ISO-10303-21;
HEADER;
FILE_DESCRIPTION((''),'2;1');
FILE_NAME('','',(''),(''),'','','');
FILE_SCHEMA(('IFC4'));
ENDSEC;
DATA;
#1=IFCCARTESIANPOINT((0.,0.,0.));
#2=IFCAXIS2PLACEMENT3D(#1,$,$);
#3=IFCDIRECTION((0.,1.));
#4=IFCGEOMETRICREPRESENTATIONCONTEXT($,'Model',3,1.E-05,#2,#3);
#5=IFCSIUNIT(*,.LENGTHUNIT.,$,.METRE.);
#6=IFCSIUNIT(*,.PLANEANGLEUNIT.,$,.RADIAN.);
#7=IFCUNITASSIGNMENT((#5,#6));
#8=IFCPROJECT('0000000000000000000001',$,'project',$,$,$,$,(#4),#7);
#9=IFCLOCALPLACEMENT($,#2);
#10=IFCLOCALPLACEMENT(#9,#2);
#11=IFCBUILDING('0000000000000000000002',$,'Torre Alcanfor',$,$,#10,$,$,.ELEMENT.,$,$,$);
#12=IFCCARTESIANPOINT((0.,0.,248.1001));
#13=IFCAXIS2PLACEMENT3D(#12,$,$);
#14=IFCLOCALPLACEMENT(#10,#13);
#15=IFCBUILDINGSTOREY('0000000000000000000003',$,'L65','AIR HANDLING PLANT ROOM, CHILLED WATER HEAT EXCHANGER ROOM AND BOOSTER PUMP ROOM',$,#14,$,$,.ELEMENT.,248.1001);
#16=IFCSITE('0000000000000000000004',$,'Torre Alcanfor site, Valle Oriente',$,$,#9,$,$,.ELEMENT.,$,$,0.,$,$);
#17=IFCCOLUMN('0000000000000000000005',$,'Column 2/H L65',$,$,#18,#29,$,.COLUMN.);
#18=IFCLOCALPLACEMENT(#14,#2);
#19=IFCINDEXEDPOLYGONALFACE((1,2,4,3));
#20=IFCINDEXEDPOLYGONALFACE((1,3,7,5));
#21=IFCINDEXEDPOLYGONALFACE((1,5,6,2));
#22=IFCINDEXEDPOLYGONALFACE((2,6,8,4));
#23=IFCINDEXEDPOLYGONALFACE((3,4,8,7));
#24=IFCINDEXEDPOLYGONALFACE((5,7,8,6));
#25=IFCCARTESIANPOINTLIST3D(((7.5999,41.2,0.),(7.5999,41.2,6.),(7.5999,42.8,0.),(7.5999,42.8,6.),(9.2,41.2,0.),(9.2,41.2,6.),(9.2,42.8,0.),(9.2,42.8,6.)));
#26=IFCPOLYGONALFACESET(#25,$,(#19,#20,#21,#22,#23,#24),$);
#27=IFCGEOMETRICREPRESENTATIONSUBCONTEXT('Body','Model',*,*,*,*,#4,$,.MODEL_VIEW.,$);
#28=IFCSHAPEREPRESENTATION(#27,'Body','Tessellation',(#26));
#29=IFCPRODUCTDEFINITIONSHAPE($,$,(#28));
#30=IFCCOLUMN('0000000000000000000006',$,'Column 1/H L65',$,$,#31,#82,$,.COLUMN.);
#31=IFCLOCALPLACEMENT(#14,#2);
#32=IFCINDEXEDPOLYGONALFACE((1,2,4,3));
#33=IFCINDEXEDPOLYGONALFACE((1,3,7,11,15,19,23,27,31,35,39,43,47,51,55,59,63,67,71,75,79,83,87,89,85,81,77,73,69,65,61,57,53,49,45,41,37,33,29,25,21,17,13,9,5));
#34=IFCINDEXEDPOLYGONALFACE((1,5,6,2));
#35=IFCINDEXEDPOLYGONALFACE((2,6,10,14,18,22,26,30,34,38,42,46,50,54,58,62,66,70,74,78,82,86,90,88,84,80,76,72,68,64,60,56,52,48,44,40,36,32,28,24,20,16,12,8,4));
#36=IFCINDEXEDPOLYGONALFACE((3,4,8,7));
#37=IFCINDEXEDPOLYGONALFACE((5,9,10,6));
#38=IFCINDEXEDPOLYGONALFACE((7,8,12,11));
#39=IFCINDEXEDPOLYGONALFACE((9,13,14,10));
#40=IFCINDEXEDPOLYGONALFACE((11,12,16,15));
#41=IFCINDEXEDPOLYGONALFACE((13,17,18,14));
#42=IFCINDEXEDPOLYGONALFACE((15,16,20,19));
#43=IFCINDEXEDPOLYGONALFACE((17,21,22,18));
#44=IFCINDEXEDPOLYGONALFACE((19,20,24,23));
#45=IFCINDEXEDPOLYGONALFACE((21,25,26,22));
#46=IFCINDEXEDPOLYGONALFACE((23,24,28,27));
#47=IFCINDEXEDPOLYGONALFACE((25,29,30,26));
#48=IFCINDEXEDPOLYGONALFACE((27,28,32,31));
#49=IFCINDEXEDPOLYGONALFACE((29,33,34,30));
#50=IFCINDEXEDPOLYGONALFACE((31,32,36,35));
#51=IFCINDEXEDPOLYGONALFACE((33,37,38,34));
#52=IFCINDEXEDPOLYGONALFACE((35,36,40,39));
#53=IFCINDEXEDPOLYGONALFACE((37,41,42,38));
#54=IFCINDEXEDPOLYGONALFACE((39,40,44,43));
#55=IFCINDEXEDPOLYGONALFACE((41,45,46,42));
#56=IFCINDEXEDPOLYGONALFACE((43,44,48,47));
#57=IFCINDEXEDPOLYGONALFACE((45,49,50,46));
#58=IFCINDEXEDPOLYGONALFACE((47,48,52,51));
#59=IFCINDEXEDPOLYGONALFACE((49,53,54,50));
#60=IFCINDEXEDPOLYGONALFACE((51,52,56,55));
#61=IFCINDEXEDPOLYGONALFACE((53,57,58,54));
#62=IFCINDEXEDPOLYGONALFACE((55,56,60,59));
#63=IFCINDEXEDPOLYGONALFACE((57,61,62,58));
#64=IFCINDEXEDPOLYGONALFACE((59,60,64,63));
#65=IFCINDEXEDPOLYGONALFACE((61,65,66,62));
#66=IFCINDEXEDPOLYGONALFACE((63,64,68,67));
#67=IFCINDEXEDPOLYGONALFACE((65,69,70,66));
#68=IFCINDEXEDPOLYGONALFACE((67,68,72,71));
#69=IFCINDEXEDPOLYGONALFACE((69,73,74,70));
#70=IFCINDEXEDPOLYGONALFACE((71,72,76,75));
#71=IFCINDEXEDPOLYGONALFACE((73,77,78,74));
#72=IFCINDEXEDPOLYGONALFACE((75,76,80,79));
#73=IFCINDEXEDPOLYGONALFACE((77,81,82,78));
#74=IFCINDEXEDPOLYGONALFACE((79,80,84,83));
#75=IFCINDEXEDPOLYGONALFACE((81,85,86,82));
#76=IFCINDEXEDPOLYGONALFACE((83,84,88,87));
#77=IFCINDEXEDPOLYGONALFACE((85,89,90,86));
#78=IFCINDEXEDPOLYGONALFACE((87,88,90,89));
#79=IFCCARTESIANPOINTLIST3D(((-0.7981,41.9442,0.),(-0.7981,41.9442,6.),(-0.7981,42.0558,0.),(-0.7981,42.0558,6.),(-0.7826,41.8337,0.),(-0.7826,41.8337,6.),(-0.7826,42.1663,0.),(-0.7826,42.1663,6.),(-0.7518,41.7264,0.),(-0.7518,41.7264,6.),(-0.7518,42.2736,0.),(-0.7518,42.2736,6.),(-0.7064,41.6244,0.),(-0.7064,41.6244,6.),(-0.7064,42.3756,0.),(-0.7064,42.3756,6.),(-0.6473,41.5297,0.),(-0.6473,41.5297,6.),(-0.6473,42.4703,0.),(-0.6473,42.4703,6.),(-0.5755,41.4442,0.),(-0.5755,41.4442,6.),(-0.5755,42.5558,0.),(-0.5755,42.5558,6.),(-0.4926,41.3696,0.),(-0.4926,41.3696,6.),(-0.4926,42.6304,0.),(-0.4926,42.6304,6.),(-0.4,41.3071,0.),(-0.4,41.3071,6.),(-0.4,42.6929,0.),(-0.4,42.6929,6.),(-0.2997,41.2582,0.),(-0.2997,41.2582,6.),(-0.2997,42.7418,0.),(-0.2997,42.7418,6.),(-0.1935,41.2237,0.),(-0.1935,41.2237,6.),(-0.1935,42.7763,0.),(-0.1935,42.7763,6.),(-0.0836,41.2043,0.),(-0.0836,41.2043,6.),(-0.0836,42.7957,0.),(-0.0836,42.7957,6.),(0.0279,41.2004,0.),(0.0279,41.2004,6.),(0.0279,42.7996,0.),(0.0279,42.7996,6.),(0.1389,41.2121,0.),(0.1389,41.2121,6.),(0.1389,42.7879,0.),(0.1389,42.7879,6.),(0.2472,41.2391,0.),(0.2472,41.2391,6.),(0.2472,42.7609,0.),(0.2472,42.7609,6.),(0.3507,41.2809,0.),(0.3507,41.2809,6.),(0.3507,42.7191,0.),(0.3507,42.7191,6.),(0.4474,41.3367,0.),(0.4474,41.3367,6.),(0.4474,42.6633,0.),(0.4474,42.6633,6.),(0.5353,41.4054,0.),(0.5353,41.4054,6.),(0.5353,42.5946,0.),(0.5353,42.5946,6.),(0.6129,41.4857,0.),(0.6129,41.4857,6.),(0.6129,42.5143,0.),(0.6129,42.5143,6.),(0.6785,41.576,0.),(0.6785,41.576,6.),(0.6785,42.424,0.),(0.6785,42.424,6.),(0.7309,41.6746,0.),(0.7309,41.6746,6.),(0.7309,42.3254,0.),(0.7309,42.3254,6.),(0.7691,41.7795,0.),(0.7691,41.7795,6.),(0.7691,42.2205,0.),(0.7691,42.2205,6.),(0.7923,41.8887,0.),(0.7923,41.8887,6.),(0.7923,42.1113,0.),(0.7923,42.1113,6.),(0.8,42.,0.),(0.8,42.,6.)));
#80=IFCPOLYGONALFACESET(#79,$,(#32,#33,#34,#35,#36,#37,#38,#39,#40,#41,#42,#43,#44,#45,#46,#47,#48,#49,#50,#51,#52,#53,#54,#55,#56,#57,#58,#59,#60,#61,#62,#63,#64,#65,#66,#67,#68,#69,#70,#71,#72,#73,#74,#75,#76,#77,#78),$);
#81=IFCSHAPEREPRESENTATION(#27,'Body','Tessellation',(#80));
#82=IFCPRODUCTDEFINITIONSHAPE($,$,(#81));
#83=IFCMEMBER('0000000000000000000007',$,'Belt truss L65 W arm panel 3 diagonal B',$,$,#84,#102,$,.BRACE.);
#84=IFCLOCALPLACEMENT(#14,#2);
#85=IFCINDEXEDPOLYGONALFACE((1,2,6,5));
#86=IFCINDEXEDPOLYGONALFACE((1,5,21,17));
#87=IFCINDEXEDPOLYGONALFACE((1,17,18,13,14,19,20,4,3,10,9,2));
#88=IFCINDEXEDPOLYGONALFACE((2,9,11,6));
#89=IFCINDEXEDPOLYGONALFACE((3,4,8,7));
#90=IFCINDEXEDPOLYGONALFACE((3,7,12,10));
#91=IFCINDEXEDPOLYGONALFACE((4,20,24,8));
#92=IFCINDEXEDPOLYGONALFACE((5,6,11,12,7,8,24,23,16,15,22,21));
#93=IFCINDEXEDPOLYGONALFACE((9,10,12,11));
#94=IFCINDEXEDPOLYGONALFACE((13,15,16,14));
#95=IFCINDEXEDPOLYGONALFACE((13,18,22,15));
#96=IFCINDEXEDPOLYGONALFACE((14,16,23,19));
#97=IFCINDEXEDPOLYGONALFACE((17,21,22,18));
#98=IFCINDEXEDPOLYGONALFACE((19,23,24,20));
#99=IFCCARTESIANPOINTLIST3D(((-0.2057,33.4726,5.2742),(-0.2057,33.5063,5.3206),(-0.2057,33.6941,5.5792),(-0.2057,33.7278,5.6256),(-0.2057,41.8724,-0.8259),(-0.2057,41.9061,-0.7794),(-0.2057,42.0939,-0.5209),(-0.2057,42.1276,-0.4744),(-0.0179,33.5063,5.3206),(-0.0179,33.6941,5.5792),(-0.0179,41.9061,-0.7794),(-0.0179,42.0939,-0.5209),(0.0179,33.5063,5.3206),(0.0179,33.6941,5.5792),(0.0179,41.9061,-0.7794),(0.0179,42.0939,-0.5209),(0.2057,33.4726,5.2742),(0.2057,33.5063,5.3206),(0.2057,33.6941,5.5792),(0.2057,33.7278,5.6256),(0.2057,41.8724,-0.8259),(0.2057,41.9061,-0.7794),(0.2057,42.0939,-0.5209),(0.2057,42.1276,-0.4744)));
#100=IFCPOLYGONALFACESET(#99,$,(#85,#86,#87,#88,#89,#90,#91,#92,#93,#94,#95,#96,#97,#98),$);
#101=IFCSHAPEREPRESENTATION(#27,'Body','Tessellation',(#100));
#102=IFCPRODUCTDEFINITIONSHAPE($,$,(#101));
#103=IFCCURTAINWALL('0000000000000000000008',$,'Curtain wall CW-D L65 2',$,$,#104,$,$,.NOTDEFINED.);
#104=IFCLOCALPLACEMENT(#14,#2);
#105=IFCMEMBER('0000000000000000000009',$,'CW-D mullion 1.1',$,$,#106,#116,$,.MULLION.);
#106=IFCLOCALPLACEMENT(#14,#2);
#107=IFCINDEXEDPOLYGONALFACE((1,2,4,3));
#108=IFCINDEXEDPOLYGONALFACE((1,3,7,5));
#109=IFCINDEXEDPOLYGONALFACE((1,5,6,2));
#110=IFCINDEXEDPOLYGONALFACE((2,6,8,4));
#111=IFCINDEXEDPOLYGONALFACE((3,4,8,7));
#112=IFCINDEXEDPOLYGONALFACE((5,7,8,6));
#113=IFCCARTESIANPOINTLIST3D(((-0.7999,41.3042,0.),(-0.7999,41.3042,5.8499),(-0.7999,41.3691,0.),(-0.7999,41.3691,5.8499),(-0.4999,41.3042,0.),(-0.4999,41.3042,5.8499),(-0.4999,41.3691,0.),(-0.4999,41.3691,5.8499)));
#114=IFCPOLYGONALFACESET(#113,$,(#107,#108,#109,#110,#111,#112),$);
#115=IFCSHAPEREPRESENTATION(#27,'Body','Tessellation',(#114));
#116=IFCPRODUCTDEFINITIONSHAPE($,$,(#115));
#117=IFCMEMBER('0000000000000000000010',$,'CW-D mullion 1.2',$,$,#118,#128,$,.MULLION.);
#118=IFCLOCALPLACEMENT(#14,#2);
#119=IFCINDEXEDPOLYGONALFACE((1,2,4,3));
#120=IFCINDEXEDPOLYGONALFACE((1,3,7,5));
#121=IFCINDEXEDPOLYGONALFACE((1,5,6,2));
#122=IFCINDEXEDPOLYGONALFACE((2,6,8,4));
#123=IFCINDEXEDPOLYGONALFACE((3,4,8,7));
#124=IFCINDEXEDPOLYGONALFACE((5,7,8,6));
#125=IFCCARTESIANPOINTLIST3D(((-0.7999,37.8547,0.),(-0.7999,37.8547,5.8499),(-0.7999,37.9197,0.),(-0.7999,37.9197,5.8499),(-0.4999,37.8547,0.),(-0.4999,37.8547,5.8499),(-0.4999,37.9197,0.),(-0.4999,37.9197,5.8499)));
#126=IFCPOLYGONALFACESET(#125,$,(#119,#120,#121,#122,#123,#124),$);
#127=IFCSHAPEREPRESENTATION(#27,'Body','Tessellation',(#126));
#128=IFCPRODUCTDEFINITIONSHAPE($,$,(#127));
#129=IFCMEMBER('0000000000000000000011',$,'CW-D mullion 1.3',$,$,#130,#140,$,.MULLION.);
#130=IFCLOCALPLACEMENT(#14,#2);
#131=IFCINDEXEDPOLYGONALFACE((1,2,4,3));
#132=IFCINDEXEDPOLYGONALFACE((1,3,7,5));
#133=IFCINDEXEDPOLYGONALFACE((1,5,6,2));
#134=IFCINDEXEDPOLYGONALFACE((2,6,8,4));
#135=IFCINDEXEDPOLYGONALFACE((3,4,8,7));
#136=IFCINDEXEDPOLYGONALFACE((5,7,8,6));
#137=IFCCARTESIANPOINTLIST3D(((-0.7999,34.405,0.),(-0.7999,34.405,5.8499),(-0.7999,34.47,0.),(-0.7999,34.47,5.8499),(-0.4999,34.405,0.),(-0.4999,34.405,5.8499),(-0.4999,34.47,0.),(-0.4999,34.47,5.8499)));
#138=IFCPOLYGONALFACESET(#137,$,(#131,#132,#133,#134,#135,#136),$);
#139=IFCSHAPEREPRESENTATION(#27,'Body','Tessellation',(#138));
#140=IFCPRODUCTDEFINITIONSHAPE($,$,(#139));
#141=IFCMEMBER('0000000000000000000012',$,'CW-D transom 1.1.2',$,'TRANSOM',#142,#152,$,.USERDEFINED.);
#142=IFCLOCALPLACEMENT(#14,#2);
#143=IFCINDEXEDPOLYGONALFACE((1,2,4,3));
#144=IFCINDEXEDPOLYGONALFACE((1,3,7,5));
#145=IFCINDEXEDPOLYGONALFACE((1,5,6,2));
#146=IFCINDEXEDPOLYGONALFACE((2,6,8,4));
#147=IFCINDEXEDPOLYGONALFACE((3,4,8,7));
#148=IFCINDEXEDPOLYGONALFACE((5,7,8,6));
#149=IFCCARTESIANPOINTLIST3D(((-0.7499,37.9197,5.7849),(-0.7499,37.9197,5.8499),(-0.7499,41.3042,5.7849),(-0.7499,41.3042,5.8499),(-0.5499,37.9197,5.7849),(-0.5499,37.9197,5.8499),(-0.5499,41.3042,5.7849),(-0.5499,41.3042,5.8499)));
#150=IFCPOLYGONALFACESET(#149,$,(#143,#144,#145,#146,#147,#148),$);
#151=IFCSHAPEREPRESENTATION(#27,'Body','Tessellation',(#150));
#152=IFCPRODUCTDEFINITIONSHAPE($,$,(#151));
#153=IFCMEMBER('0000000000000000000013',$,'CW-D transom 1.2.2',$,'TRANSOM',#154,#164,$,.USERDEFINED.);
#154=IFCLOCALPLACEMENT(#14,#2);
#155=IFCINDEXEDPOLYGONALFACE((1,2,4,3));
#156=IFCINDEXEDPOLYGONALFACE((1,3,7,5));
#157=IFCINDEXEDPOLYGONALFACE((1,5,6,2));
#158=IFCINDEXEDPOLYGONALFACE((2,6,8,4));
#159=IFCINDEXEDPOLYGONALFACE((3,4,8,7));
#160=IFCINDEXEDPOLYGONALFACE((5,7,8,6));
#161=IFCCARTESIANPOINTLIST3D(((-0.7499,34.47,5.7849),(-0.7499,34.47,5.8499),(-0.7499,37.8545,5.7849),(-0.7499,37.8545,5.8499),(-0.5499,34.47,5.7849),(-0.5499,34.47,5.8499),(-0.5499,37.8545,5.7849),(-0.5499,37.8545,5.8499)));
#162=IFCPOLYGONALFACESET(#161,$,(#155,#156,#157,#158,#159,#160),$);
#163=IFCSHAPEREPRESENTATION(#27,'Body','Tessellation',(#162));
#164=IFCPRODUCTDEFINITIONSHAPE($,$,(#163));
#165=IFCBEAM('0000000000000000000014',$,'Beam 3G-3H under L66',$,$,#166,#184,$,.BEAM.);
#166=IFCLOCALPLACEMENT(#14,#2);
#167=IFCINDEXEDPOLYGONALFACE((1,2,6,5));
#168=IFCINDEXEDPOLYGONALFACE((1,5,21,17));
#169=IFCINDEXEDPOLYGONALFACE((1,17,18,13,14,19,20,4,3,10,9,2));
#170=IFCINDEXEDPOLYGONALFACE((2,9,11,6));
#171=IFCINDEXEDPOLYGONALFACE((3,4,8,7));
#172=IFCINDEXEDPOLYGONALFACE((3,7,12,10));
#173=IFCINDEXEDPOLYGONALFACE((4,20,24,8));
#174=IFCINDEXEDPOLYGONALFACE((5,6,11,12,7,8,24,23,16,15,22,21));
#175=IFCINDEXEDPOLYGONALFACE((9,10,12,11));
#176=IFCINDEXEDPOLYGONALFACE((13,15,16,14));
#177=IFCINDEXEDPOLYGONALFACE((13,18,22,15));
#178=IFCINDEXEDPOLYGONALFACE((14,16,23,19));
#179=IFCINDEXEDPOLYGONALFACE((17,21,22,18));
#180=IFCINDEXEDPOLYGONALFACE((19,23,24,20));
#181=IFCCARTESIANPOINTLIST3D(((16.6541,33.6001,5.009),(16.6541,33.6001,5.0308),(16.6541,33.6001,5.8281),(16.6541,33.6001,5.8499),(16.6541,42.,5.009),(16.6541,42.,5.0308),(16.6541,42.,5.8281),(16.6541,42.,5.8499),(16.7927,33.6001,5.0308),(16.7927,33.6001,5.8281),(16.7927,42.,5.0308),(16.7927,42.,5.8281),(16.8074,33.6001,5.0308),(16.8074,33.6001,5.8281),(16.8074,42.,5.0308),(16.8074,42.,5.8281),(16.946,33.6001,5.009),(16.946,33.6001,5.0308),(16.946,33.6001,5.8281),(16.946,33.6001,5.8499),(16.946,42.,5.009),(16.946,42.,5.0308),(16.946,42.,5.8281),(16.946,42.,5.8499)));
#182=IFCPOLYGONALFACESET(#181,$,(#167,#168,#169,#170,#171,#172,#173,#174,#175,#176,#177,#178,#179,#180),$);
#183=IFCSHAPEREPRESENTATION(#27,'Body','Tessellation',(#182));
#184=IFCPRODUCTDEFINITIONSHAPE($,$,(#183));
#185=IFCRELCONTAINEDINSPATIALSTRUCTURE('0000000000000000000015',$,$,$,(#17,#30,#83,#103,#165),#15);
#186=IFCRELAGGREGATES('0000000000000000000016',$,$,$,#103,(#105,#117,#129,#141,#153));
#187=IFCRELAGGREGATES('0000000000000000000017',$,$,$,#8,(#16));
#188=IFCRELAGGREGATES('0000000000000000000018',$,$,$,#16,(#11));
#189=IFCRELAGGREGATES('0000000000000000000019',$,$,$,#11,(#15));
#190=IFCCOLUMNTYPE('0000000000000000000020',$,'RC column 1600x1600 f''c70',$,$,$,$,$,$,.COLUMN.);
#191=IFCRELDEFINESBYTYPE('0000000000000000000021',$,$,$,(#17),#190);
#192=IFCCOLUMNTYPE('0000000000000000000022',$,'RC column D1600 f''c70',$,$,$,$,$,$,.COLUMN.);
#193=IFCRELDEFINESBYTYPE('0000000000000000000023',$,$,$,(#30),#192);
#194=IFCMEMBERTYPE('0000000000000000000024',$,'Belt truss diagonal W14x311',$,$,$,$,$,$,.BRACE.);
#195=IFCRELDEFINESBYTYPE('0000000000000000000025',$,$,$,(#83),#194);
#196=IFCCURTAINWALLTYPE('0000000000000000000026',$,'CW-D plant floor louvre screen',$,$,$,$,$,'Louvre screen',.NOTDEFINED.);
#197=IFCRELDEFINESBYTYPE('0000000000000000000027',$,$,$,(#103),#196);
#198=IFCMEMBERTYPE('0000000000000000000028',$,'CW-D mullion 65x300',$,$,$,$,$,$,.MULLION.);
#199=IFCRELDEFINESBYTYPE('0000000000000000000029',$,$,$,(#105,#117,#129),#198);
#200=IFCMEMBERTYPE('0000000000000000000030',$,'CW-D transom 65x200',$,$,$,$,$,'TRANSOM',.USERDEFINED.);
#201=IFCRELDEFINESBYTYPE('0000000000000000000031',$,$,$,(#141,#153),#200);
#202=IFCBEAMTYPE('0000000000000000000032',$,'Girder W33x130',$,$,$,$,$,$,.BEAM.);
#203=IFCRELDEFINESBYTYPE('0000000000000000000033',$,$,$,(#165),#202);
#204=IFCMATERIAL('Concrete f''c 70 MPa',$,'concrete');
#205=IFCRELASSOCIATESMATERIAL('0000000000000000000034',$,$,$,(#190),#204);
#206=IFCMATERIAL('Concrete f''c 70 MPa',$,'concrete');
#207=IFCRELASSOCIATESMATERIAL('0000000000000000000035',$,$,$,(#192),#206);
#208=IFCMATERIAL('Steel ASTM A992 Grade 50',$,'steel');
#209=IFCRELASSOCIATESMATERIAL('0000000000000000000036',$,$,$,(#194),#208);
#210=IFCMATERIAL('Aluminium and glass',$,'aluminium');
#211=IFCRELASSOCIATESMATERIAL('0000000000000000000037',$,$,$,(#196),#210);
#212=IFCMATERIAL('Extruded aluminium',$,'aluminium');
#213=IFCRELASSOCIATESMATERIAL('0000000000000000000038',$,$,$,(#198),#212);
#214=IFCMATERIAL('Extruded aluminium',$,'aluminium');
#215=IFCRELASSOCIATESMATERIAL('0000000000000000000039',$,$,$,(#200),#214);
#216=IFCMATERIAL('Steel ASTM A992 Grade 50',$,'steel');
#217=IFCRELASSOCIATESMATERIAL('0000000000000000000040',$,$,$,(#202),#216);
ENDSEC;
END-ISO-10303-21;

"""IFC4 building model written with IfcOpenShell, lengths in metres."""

from ifc_helpers import new_model, si_unit, direction, frame, origin, origin_2d, place, context, subcontext, project, spatial, rectangle, circle, i_section, extrude, material, material_profile, profile_set, type_object, element, aggregate, save


model = new_model("IFC4")

# Units and contexts
model_context = context("Model", 3, precision=1e-05, world=origin(), true_north=direction((0.0, 1.0)))
body_context = subcontext(model_context, "Body", "Model", "MODEL_VIEW")
ifc_project = project(units=[si_unit("LENGTHUNIT", "METRE"), si_unit("PLANEANGLEUNIT", "RADIAN")], contexts=[model_context])

# Site, building, storey
site_placement = place(None, origin())
site = spatial("IfcSite", under=ifc_project, at=site_placement, Name="Torre Alcanfor site, Valle Oriente", CompositionType="ELEMENT", RefElevation=0.0)
building_placement = place(site_placement, origin())
building = spatial("IfcBuilding", under=site, at=building_placement, Name="Torre Alcanfor", CompositionType="ELEMENT")
storey_placement = place(building_placement, frame((0.0, 0.0, 248.1001)))
storey = spatial("IfcBuildingStorey", under=building, at=storey_placement, Name="L65", Description="AIR HANDLING PLANT ROOM, CHILLED WATER HEAT EXCHANGER ROOM AND BOOSTER PUMP ROOM", CompositionType="ELEMENT", Elevation=248.1001)

# Columns
ifc_material_1 = material(Name="Concrete f'c 70 MPa", Category="concrete")
ifc_material_profile_1 = material_profile(ifc_material_1, rectangle(XDim=1.6001, YDim=1.6001, at=origin_2d()), Name="1600x1600")
ifc_profile_set_1 = profile_set([ifc_material_profile_1], Name="Concrete f'c 70 MPa")
column_type_1 = type_object("IfcColumnType", Name="RC column 1600x1600 f'c70", PredefinedType="COLUMN", material=ifc_profile_set_1)
column_1_placement = place(storey_placement, frame((8.3999, 42.0, 0.0), z_axis=(0.0, 0.0, 1.0), x_axis=(1.0, 0.0, 0.0)))
element("IfcColumn", 1, at=column_1_placement, inside=storey, type_object=column_type_1, Name="Column 2/H L65", PredefinedType="COLUMN", context=body_context, shape_type="SweptSolid", body=[
    extrude(rectangle(XDim=1.6001, YDim=1.6001, at=origin_2d()), origin(), (0.0, 0.0, 1.0), 6.0),
])
ifc_material_2 = material(Name="Concrete f'c 70 MPa", Category="concrete")
ifc_material_profile_2 = material_profile(ifc_material_2, circle(Radius=0.8, at=origin_2d()), Name="D1600")
ifc_profile_set_2 = profile_set([ifc_material_profile_2], Name="Concrete f'c 70 MPa")
column_type_2 = type_object("IfcColumnType", Name="RC column D1600 f'c70", PredefinedType="COLUMN", material=ifc_profile_set_2)
column_2_placement = place(storey_placement, frame((0.0, 42.0, 0.0), z_axis=(0.0, 0.0, 1.0), x_axis=(1.0, 0.0, 0.0)))
element("IfcColumn", 2, at=column_2_placement, inside=storey, type_object=column_type_2, Name="Column 1/H L65", PredefinedType="COLUMN", context=body_context, shape_type="SweptSolid", body=[
    extrude(circle(Radius=0.8, at=origin_2d()), origin(), (0.0, 0.0, 1.0), 6.0),
])

# Member
ifc_material_3 = material(Name="Steel ASTM A992 Grade 50", Category="steel")
ifc_material_profile_3 = material_profile(ifc_material_3, i_section(OverallWidth=0.4114, OverallDepth=0.4343, WebThickness=0.0359, FlangeThickness=0.0574, at=origin_2d()), Name="W14x311")
ifc_profile_set_3 = profile_set([ifc_material_profile_3], Name="Steel ASTM A992 Grade 50")
member_type_1 = type_object("IfcMemberType", Name="Belt truss diagonal W14x311", PredefinedType="BRACE", material=ifc_profile_set_3)
member_1_placement = place(storey_placement, frame((0.0, 42.0, -0.6501), z_axis=(0.0, -0.809145, 0.587609), x_axis=(1.0, 0.0, 0.0)))
element("IfcMember", 3, at=member_1_placement, inside=storey, type_object=member_type_1, Name="Belt truss L65 W arm panel 3 diagonal B", PredefinedType="BRACE", context=body_context, shape_type="SweptSolid", body=[
    extrude(i_section(OverallWidth=0.4114, OverallDepth=0.4343, WebThickness=0.0359, FlangeThickness=0.0574, at=origin_2d()), origin(), (0.0, 0.0, 1.0), 10.3811),
])

# Curtain wall, members
ifc_material_4 = material(Name="Aluminium and glass", Category="aluminium")
curtain_wall_type = type_object("IfcCurtainWallType", Name="CW-D plant floor louvre screen", ElementType="Louvre screen", PredefinedType="NOTDEFINED", material=ifc_material_4)
curtain_wall_placement = place(storey_placement, origin())
curtain_wall = element("IfcCurtainWall", 4, at=curtain_wall_placement, inside=storey, type_object=curtain_wall_type, Name="Curtain wall CW-D L65 2", PredefinedType="NOTDEFINED")
ifc_material_5 = material(Name="Extruded aluminium", Category="aluminium")
ifc_material_profile_4 = material_profile(ifc_material_5, rectangle(XDim=0.3, YDim=0.0649, at=origin_2d()), Name="CW-D mullion 65x300")
ifc_profile_set_4 = profile_set([ifc_material_profile_4], Name="Extruded aluminium")
member_type_2 = type_object("IfcMemberType", Name="CW-D mullion 65x300", PredefinedType="MULLION", material=ifc_profile_set_4)
member_2_placement = place(storey_placement, frame((-0.6499, 41.3367, 0.0), z_axis=(0.0, 0.0, 1.0), x_axis=(1.0, 0.0, 0.0)))
member_2 = element("IfcMember", 5, at=member_2_placement, type_object=member_type_2, Name="CW-D mullion 1.1", PredefinedType="MULLION", context=body_context, shape_type="SweptSolid", body=[
    extrude(rectangle(XDim=0.3, YDim=0.0649, at=origin_2d()), origin(), (0.0, 0.0, 1.0), 5.8499),
])
member_3_placement = place(storey_placement, frame((-0.6499, 37.8872, 0.0), z_axis=(0.0, 0.0, 1.0), x_axis=(1.0, 0.0, 0.0)))
member_3 = element("IfcMember", 6, at=member_3_placement, type_object=member_type_2, Name="CW-D mullion 1.2", PredefinedType="MULLION", context=body_context, shape_type="SweptSolid", body=[
    extrude(rectangle(XDim=0.3, YDim=0.0649, at=origin_2d()), origin(), (0.0, 0.0, 1.0), 5.8499),
])
member_4_placement = place(storey_placement, frame((-0.6499, 34.4375, 0.0), z_axis=(0.0, 0.0, 1.0), x_axis=(1.0, 0.0, 0.0)))
member_4 = element("IfcMember", 7, at=member_4_placement, type_object=member_type_2, Name="CW-D mullion 1.3", PredefinedType="MULLION", context=body_context, shape_type="SweptSolid", body=[
    extrude(rectangle(XDim=0.3, YDim=0.0649, at=origin_2d()), origin(), (0.0, 0.0, 1.0), 5.8499),
])
ifc_material_6 = material(Name="Extruded aluminium", Category="aluminium")
ifc_material_profile_5 = material_profile(ifc_material_6, rectangle(XDim=0.2, YDim=0.0649, at=origin_2d()), Name="CW-D transom 200x65")
ifc_profile_set_5 = profile_set([ifc_material_profile_5], Name="Extruded aluminium")
member_type_3 = type_object("IfcMemberType", Name="CW-D transom 65x200", ElementType="TRANSOM", PredefinedType="USERDEFINED", material=ifc_profile_set_5)
member_5_placement = place(storey_placement, frame((-0.6499, 41.3042, 5.8174), z_axis=(0.0, -1.0, 0.0), x_axis=(1.0, 0.0, 0.0)))
member_5 = element("IfcMember", 8, at=member_5_placement, type_object=member_type_3, Name="CW-D transom 1.1.2", ObjectType="TRANSOM", PredefinedType="USERDEFINED", context=body_context, shape_type="SweptSolid", body=[
    extrude(rectangle(XDim=0.2, YDim=0.0649, at=origin_2d()), origin(), (0.0, 0.0, 1.0), 3.3845),
])
member_6_placement = place(storey_placement, frame((-0.6499, 37.8545, 5.8174), z_axis=(0.0, -1.0, 0.0), x_axis=(1.0, 0.0, 0.0)))
member_6 = element("IfcMember", 9, at=member_6_placement, type_object=member_type_3, Name="CW-D transom 1.2.2", ObjectType="TRANSOM", PredefinedType="USERDEFINED", context=body_context, shape_type="SweptSolid", body=[
    extrude(rectangle(XDim=0.2, YDim=0.0649, at=origin_2d()), origin(), (0.0, 0.0, 1.0), 3.3845),
])

# Beam
ifc_material_7 = material(Name="Steel ASTM A992 Grade 50", Category="steel")
ifc_material_profile_6 = material_profile(ifc_material_7, i_section(OverallWidth=0.292, OverallDepth=0.8408, WebThickness=0.0146, FlangeThickness=0.0217, at=origin_2d()), Name="W33x130")
ifc_profile_set_6 = profile_set([ifc_material_profile_6], Name="Steel ASTM A992 Grade 50")
beam_type_1 = type_object("IfcBeamType", Name="Girder W33x130", PredefinedType="BEAM", material=ifc_profile_set_6)
beam_1_placement = place(storey_placement, frame((16.8, 33.6001, 5.4294), z_axis=(0.0, 1.0, 0.0), x_axis=(-1.0, 0.0, 0.0)))
element("IfcBeam", 10, at=beam_1_placement, inside=storey, type_object=beam_type_1, Name="Beam 3G-3H under L66", PredefinedType="BEAM", context=body_context, shape_type="SweptSolid", body=[
    extrude(i_section(OverallWidth=0.292, OverallDepth=0.8408, WebThickness=0.0146, FlangeThickness=0.0217, at=origin_2d()), origin(), (0.0, 0.0, 1.0), 8.3999),
])

aggregate(curtain_wall, [member_2, member_3, member_4, member_5, member_6])

save(model, "model.ifc")
